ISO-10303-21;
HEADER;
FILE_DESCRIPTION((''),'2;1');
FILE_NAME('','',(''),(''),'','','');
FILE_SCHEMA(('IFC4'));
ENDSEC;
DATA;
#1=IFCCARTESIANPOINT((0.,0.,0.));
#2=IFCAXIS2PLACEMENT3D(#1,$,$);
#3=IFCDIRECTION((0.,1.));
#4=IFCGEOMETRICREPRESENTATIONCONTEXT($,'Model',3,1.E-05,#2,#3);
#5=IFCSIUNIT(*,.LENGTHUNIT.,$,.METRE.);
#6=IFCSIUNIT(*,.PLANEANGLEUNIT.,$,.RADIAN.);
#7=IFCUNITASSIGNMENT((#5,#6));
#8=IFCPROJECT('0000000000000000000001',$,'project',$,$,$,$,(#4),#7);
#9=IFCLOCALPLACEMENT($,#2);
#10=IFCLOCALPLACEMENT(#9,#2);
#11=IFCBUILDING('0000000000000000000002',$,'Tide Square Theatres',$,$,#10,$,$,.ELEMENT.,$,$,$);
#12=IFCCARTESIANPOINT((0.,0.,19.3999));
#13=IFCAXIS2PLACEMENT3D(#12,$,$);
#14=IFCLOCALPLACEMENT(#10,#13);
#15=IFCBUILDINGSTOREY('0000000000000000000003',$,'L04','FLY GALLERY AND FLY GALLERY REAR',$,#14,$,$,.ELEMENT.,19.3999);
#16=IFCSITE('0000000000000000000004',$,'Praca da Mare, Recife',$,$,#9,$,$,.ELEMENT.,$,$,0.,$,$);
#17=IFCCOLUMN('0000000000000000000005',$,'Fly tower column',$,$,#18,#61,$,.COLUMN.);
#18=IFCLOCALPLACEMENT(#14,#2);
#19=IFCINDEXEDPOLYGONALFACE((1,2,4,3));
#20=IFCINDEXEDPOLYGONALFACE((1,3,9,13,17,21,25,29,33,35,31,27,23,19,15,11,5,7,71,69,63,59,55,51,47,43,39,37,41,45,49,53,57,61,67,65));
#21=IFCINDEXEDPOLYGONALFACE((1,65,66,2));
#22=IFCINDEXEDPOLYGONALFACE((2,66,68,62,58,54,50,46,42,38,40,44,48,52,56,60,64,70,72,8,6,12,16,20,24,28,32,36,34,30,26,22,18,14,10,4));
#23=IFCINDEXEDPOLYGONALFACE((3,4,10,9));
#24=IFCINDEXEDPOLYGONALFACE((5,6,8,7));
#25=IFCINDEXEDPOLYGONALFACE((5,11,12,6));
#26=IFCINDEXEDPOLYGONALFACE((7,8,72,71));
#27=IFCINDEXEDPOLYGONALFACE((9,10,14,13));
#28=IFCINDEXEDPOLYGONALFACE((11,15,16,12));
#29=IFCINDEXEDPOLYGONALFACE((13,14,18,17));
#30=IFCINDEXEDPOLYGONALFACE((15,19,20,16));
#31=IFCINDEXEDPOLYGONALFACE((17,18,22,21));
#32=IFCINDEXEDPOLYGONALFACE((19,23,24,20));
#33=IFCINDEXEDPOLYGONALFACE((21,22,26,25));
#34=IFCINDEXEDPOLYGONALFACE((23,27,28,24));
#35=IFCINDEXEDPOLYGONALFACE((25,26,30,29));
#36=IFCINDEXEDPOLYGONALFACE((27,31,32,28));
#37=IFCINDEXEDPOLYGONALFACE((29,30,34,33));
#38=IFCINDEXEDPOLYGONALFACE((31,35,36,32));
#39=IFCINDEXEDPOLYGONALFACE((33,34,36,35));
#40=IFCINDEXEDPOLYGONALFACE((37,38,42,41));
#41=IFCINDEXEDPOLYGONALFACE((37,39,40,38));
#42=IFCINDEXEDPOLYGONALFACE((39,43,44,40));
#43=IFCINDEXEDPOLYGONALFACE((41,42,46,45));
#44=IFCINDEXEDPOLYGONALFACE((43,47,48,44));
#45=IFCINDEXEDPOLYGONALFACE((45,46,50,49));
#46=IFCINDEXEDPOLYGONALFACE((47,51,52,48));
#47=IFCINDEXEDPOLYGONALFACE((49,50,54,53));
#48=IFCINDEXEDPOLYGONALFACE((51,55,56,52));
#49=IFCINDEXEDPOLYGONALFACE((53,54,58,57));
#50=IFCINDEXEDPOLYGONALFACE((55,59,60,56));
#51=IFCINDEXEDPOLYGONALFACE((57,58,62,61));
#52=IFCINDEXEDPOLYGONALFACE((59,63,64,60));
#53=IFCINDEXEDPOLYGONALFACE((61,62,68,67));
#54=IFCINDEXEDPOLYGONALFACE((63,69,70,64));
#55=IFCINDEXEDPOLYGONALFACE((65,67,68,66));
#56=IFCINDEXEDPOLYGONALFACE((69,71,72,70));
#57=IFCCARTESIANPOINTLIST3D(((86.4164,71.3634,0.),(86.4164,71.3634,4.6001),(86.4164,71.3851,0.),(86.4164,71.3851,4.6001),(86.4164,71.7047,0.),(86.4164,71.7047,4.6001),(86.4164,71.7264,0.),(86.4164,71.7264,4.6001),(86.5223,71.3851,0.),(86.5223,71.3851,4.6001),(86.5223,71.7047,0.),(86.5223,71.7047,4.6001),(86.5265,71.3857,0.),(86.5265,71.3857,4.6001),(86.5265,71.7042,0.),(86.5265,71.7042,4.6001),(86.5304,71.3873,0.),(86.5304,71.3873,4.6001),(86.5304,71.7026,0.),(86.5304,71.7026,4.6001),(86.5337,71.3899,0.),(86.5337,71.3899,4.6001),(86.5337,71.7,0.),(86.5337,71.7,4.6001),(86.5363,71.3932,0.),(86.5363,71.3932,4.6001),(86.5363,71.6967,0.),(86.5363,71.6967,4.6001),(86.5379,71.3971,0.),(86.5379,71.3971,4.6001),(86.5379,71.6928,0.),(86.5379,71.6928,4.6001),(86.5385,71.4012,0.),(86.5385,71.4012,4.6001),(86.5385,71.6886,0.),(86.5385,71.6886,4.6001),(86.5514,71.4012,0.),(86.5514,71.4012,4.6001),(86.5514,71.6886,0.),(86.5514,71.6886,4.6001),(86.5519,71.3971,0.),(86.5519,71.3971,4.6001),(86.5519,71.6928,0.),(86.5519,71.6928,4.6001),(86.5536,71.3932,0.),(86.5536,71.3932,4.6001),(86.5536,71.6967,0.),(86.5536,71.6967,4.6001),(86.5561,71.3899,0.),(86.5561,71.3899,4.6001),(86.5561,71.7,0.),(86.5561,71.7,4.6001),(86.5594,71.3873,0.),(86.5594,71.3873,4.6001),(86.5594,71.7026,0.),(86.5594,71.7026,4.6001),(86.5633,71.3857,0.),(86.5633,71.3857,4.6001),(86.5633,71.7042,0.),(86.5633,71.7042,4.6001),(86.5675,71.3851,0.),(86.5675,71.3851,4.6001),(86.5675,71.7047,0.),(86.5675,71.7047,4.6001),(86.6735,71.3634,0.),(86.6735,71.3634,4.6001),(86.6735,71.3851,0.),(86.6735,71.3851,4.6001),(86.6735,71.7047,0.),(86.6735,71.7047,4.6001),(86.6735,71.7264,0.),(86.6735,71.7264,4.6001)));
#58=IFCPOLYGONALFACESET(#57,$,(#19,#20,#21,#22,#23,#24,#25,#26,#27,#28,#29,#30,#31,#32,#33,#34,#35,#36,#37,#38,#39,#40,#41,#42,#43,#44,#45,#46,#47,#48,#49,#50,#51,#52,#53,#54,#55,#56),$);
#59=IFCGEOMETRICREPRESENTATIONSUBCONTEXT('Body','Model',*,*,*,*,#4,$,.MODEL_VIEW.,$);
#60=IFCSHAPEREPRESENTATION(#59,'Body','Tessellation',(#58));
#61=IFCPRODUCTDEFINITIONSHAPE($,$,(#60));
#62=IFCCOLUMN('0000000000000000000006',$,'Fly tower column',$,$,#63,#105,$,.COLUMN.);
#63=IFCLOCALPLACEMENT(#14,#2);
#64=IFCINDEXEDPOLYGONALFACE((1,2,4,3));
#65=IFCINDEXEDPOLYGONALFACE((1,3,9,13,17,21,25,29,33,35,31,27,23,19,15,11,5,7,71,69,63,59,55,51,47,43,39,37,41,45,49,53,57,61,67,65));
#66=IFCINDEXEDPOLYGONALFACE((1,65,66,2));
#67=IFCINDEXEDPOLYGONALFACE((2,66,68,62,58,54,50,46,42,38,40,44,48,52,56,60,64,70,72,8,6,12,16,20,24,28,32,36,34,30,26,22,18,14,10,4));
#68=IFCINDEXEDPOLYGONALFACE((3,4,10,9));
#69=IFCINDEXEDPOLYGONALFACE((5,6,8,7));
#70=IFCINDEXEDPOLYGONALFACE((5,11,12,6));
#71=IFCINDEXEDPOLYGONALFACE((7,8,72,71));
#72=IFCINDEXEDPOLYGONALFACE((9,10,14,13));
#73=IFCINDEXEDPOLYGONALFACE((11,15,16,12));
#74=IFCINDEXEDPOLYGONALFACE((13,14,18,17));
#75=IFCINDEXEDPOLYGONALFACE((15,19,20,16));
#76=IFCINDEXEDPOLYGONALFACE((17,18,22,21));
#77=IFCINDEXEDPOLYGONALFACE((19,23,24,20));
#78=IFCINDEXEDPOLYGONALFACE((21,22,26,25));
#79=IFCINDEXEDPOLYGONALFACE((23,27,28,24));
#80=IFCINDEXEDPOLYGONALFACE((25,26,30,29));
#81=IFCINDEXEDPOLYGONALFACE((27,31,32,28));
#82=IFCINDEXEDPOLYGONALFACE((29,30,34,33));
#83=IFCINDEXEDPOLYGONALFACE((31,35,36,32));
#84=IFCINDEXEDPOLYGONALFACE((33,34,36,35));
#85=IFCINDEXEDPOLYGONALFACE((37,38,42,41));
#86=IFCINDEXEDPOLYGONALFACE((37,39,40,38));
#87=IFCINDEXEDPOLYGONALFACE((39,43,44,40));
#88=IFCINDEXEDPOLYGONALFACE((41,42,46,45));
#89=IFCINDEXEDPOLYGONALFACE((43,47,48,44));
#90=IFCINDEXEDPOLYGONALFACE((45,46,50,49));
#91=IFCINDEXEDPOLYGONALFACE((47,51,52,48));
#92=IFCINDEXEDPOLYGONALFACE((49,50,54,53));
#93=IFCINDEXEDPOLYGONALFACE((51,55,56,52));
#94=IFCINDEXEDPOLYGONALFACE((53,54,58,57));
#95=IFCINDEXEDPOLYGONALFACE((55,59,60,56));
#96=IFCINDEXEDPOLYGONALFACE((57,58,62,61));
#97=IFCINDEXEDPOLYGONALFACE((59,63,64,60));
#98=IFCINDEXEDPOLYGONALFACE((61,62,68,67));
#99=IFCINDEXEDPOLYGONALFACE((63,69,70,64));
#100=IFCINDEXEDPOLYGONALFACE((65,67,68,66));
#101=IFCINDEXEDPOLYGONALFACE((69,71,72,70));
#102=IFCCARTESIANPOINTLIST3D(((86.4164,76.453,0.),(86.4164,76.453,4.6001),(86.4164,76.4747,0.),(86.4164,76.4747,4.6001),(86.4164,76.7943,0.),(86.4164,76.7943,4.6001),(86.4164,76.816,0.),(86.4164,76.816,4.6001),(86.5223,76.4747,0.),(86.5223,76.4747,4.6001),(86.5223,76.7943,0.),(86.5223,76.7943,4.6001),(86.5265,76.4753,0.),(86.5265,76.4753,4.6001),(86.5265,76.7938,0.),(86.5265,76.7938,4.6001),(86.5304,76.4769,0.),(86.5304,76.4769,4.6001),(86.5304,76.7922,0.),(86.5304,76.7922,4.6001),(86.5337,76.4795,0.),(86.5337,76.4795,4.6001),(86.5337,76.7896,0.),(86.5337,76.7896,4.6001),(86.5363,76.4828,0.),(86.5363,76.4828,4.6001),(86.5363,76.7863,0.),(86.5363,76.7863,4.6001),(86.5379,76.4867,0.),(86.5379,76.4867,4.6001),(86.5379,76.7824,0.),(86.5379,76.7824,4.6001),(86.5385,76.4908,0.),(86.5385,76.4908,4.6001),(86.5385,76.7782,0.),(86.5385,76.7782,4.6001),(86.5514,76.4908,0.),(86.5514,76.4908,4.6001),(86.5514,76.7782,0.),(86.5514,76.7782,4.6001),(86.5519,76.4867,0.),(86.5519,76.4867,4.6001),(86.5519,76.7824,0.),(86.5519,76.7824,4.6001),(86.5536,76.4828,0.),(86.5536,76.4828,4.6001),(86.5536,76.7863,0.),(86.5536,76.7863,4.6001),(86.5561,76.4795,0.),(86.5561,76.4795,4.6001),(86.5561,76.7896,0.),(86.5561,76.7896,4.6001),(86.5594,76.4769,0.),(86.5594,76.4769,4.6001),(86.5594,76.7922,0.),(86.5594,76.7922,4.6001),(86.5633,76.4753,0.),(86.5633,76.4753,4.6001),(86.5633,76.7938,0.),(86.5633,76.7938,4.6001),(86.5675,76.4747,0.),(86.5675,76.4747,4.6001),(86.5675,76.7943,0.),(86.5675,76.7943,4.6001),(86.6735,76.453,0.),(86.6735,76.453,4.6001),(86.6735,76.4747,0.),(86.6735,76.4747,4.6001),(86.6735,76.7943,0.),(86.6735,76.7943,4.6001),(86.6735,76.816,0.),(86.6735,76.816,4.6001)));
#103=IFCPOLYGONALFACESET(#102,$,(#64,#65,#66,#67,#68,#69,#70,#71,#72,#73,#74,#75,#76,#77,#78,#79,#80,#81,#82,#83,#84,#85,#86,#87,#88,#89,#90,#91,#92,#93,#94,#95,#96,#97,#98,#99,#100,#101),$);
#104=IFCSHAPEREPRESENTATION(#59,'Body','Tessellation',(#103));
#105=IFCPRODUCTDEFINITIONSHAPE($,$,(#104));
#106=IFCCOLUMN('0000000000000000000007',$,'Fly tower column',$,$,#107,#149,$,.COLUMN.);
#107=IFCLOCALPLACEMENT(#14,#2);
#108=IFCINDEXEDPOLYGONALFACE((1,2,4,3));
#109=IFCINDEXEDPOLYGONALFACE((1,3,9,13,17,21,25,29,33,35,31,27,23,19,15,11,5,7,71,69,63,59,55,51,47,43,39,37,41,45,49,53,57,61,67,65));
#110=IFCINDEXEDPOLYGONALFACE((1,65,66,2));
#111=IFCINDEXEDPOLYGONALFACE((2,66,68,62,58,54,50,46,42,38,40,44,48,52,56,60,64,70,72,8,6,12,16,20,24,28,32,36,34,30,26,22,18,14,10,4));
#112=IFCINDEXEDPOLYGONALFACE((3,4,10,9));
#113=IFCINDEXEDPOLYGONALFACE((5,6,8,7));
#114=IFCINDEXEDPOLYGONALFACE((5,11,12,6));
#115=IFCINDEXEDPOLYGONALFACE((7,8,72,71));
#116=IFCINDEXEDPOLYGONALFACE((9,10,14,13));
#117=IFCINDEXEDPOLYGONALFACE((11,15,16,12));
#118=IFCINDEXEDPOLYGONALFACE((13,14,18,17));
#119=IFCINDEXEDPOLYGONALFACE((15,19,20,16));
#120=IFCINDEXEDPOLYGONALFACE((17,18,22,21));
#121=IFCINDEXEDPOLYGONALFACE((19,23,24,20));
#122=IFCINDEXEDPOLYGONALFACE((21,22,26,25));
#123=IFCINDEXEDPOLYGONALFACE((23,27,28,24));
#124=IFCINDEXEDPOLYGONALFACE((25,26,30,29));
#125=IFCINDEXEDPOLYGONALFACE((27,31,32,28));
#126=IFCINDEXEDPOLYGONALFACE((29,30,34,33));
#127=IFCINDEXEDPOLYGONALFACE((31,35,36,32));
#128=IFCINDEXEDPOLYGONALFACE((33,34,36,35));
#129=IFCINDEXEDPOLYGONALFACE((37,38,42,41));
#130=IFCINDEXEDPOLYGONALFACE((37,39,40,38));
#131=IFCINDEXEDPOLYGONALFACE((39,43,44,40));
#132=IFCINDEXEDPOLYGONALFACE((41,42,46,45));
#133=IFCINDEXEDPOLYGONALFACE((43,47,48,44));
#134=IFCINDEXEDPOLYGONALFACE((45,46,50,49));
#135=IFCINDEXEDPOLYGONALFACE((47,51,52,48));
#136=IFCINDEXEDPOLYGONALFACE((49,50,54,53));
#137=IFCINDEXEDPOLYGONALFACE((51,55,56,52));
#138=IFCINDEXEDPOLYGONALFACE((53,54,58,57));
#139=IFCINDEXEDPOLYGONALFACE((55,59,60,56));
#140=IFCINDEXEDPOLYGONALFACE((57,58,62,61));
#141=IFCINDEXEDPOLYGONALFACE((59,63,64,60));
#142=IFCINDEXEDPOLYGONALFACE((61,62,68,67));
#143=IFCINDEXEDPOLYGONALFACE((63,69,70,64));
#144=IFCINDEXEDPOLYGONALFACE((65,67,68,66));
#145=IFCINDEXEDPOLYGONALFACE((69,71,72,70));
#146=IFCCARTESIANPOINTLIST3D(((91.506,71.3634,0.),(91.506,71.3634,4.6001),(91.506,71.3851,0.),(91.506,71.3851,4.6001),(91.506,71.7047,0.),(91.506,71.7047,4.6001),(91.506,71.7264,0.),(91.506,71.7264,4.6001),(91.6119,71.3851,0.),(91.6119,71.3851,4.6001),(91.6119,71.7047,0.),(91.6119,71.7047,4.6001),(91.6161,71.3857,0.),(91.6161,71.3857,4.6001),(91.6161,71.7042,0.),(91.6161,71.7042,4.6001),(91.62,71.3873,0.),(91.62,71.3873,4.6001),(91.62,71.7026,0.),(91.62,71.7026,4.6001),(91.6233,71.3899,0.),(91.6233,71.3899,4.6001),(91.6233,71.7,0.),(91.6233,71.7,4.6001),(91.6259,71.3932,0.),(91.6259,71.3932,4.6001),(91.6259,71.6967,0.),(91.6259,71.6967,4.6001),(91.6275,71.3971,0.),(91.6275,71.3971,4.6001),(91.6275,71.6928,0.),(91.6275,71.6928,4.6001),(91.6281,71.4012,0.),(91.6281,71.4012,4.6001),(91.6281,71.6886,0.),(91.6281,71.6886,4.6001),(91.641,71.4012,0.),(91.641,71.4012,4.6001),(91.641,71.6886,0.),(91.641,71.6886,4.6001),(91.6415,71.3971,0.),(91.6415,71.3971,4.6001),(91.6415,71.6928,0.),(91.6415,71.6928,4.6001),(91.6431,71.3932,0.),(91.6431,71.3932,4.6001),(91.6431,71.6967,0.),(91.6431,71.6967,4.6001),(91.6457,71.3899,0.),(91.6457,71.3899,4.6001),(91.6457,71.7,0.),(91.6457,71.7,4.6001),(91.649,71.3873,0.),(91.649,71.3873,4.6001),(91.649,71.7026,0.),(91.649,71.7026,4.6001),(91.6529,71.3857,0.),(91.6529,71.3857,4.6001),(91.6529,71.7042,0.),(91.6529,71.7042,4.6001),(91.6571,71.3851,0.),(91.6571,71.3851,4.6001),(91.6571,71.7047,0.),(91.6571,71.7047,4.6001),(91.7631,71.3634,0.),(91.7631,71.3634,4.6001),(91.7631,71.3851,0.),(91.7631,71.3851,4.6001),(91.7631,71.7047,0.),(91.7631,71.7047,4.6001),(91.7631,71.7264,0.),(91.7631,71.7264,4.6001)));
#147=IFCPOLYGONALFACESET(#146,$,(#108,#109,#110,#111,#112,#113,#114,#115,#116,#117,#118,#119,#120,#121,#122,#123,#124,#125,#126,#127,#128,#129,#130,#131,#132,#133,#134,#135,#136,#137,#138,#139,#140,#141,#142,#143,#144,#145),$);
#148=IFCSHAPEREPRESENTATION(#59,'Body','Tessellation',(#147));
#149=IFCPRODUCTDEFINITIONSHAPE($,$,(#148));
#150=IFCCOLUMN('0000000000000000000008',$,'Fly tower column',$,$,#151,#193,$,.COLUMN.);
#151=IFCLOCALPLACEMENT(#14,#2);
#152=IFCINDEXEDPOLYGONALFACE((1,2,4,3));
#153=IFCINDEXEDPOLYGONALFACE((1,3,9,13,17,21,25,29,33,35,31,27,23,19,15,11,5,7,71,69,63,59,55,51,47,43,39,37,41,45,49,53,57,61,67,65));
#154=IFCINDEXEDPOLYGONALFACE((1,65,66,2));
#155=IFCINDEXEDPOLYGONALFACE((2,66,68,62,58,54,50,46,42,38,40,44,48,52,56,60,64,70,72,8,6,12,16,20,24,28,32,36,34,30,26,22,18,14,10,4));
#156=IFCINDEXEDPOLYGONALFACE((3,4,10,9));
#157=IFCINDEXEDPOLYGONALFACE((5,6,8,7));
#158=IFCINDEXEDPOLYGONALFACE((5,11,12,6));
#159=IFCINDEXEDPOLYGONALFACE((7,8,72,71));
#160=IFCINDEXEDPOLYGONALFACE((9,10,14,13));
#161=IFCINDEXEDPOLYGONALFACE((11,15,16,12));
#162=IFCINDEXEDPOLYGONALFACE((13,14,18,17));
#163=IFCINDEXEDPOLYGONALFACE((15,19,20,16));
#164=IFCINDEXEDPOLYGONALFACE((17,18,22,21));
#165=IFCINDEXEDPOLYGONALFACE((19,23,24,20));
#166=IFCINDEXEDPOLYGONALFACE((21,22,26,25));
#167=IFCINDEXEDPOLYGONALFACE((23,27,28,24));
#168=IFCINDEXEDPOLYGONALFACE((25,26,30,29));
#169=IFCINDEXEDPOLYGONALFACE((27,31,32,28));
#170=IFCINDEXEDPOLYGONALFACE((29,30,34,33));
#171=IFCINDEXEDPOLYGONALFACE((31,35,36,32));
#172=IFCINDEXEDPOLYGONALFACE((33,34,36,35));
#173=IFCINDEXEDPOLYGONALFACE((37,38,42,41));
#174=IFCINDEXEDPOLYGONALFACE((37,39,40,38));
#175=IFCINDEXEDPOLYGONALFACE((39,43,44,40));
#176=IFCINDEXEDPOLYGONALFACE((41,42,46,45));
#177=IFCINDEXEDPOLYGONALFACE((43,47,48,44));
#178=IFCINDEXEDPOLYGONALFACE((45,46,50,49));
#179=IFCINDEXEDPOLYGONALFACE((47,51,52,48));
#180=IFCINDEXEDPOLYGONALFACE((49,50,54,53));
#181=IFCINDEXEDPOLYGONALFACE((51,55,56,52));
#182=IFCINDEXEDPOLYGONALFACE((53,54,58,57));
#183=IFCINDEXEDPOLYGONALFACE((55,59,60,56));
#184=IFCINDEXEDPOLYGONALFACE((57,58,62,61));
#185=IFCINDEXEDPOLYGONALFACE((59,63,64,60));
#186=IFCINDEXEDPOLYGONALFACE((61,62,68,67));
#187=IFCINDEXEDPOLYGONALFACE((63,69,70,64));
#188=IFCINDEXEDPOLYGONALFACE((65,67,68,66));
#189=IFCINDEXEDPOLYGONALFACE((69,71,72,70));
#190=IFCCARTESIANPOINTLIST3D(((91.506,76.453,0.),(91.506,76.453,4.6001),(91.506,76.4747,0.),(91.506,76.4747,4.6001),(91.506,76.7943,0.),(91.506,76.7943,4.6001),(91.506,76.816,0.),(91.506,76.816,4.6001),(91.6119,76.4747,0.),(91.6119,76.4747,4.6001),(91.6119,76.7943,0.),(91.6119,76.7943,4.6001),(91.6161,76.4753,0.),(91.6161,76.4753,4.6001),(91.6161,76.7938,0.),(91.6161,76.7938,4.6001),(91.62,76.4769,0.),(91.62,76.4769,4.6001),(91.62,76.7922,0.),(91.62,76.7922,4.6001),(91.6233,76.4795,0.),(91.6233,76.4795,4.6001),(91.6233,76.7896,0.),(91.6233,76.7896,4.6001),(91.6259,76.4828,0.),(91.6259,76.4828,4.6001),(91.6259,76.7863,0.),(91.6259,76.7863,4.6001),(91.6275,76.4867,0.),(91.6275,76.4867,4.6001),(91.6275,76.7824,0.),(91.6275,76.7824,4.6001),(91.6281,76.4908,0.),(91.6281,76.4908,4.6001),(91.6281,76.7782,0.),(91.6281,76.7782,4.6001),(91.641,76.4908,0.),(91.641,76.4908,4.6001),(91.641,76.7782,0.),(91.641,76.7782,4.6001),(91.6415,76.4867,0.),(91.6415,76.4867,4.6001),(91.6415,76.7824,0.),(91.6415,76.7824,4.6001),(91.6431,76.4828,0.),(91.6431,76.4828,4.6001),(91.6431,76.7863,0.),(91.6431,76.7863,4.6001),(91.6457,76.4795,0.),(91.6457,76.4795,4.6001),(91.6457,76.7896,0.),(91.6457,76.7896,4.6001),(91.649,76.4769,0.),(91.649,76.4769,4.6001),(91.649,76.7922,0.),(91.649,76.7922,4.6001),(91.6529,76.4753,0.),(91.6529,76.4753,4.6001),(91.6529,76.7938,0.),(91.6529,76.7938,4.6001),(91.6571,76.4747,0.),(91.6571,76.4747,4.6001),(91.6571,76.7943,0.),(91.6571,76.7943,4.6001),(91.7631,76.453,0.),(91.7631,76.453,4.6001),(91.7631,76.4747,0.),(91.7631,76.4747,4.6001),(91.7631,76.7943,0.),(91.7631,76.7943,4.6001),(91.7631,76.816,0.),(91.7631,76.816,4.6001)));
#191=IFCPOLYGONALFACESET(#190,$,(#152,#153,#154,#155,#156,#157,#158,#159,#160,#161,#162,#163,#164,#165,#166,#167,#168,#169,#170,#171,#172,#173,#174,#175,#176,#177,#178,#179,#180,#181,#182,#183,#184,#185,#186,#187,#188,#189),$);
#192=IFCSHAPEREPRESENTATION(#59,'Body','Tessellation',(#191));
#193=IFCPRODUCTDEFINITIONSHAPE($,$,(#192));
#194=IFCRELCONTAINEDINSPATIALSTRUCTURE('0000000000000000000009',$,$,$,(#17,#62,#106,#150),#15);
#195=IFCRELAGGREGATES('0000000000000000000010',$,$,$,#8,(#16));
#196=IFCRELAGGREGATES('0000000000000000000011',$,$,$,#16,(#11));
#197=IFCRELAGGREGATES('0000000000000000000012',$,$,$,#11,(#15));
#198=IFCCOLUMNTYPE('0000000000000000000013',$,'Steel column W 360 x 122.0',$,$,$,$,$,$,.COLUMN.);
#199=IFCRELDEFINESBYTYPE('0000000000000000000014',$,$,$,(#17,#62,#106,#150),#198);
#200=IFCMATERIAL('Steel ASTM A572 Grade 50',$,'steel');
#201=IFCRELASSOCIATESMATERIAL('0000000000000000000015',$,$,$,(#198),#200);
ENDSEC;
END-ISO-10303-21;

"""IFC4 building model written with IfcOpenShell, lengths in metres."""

from ifc_helpers import new_model, si_unit, direction, frame, origin, origin_2d, place, context, subcontext, project, spatial, i_section, extrude, material, material_profile, profile_set, type_object, element, save


model = new_model("IFC4")

# Units and contexts
model_context = context("Model", 3, precision=1e-05, world=origin(), true_north=direction((0.0, 1.0)))
body_context = subcontext(model_context, "Body", "Model", "MODEL_VIEW")
ifc_project = project(units=[si_unit("LENGTHUNIT", "METRE"), si_unit("PLANEANGLEUNIT", "RADIAN")], contexts=[model_context])

# Site, building, storey
site_placement = place(None, origin())
site = spatial("IfcSite", under=ifc_project, at=site_placement, Name="Praca da Mare, Recife", CompositionType="ELEMENT", RefElevation=0.0)
building_placement = place(site_placement, origin())
building = spatial("IfcBuilding", under=site, at=building_placement, Name="Tide Square Theatres", CompositionType="ELEMENT")
storey_placement = place(building_placement, frame((0.0, 0.0, 19.3999)))
storey = spatial("IfcBuildingStorey", under=building, at=storey_placement, Name="L04", Description="FLY GALLERY AND FLY GALLERY REAR", CompositionType="ELEMENT", Elevation=19.3999)

# Columns
ifc_material_1 = material(Name="Steel ASTM A572 Grade 50", Category="steel")
ifc_material_profile_1 = material_profile(ifc_material_1, i_section(OverallWidth=0.2571, OverallDepth=0.363, WebThickness=0.0129, FlangeThickness=0.0217, FilletRadius=0.0161, at=origin_2d()))
ifc_profile_set_1 = profile_set([ifc_material_profile_1], Name="Steel ASTM A572 Grade 50")
column_type = type_object("IfcColumnType", Name="Steel column W 360 x 122.0", PredefinedType="COLUMN", material=ifc_profile_set_1)
for number, where, z_axis, x_axis, name in (
    (1, (86.5449, 71.5449, 0.0), (0.0, 0.0, 1.0), (1.0, 0.0, 0.0), "Fly tower column"),
    (2, (86.5449, 76.6345, 0.0), (0.0, 0.0, 1.0), (1.0, 0.0, 0.0), "Fly tower column"),
    (3, (91.6345, 71.5449, 0.0), (0.0, 0.0, 1.0), (1.0, 0.0, 0.0), "Fly tower column"),
    (4, (91.6345, 76.6345, 0.0), (0.0, 0.0, 1.0), (1.0, 0.0, 0.0), "Fly tower column"),
):
    element("IfcColumn", number, at=place(storey_placement, frame(where, z_axis=z_axis, x_axis=x_axis)), inside=storey, type_object=column_type, Name=name, PredefinedType="COLUMN", context=body_context, shape_type="SweptSolid", body=[
        extrude(i_section(OverallWidth=0.2571, OverallDepth=0.363, WebThickness=0.0129, FlangeThickness=0.0217, FilletRadius=0.0161, at=origin_2d()), origin(), (0.0, 0.0, 1.0), 4.6001),
    ])

save(model, "model.ifc")
